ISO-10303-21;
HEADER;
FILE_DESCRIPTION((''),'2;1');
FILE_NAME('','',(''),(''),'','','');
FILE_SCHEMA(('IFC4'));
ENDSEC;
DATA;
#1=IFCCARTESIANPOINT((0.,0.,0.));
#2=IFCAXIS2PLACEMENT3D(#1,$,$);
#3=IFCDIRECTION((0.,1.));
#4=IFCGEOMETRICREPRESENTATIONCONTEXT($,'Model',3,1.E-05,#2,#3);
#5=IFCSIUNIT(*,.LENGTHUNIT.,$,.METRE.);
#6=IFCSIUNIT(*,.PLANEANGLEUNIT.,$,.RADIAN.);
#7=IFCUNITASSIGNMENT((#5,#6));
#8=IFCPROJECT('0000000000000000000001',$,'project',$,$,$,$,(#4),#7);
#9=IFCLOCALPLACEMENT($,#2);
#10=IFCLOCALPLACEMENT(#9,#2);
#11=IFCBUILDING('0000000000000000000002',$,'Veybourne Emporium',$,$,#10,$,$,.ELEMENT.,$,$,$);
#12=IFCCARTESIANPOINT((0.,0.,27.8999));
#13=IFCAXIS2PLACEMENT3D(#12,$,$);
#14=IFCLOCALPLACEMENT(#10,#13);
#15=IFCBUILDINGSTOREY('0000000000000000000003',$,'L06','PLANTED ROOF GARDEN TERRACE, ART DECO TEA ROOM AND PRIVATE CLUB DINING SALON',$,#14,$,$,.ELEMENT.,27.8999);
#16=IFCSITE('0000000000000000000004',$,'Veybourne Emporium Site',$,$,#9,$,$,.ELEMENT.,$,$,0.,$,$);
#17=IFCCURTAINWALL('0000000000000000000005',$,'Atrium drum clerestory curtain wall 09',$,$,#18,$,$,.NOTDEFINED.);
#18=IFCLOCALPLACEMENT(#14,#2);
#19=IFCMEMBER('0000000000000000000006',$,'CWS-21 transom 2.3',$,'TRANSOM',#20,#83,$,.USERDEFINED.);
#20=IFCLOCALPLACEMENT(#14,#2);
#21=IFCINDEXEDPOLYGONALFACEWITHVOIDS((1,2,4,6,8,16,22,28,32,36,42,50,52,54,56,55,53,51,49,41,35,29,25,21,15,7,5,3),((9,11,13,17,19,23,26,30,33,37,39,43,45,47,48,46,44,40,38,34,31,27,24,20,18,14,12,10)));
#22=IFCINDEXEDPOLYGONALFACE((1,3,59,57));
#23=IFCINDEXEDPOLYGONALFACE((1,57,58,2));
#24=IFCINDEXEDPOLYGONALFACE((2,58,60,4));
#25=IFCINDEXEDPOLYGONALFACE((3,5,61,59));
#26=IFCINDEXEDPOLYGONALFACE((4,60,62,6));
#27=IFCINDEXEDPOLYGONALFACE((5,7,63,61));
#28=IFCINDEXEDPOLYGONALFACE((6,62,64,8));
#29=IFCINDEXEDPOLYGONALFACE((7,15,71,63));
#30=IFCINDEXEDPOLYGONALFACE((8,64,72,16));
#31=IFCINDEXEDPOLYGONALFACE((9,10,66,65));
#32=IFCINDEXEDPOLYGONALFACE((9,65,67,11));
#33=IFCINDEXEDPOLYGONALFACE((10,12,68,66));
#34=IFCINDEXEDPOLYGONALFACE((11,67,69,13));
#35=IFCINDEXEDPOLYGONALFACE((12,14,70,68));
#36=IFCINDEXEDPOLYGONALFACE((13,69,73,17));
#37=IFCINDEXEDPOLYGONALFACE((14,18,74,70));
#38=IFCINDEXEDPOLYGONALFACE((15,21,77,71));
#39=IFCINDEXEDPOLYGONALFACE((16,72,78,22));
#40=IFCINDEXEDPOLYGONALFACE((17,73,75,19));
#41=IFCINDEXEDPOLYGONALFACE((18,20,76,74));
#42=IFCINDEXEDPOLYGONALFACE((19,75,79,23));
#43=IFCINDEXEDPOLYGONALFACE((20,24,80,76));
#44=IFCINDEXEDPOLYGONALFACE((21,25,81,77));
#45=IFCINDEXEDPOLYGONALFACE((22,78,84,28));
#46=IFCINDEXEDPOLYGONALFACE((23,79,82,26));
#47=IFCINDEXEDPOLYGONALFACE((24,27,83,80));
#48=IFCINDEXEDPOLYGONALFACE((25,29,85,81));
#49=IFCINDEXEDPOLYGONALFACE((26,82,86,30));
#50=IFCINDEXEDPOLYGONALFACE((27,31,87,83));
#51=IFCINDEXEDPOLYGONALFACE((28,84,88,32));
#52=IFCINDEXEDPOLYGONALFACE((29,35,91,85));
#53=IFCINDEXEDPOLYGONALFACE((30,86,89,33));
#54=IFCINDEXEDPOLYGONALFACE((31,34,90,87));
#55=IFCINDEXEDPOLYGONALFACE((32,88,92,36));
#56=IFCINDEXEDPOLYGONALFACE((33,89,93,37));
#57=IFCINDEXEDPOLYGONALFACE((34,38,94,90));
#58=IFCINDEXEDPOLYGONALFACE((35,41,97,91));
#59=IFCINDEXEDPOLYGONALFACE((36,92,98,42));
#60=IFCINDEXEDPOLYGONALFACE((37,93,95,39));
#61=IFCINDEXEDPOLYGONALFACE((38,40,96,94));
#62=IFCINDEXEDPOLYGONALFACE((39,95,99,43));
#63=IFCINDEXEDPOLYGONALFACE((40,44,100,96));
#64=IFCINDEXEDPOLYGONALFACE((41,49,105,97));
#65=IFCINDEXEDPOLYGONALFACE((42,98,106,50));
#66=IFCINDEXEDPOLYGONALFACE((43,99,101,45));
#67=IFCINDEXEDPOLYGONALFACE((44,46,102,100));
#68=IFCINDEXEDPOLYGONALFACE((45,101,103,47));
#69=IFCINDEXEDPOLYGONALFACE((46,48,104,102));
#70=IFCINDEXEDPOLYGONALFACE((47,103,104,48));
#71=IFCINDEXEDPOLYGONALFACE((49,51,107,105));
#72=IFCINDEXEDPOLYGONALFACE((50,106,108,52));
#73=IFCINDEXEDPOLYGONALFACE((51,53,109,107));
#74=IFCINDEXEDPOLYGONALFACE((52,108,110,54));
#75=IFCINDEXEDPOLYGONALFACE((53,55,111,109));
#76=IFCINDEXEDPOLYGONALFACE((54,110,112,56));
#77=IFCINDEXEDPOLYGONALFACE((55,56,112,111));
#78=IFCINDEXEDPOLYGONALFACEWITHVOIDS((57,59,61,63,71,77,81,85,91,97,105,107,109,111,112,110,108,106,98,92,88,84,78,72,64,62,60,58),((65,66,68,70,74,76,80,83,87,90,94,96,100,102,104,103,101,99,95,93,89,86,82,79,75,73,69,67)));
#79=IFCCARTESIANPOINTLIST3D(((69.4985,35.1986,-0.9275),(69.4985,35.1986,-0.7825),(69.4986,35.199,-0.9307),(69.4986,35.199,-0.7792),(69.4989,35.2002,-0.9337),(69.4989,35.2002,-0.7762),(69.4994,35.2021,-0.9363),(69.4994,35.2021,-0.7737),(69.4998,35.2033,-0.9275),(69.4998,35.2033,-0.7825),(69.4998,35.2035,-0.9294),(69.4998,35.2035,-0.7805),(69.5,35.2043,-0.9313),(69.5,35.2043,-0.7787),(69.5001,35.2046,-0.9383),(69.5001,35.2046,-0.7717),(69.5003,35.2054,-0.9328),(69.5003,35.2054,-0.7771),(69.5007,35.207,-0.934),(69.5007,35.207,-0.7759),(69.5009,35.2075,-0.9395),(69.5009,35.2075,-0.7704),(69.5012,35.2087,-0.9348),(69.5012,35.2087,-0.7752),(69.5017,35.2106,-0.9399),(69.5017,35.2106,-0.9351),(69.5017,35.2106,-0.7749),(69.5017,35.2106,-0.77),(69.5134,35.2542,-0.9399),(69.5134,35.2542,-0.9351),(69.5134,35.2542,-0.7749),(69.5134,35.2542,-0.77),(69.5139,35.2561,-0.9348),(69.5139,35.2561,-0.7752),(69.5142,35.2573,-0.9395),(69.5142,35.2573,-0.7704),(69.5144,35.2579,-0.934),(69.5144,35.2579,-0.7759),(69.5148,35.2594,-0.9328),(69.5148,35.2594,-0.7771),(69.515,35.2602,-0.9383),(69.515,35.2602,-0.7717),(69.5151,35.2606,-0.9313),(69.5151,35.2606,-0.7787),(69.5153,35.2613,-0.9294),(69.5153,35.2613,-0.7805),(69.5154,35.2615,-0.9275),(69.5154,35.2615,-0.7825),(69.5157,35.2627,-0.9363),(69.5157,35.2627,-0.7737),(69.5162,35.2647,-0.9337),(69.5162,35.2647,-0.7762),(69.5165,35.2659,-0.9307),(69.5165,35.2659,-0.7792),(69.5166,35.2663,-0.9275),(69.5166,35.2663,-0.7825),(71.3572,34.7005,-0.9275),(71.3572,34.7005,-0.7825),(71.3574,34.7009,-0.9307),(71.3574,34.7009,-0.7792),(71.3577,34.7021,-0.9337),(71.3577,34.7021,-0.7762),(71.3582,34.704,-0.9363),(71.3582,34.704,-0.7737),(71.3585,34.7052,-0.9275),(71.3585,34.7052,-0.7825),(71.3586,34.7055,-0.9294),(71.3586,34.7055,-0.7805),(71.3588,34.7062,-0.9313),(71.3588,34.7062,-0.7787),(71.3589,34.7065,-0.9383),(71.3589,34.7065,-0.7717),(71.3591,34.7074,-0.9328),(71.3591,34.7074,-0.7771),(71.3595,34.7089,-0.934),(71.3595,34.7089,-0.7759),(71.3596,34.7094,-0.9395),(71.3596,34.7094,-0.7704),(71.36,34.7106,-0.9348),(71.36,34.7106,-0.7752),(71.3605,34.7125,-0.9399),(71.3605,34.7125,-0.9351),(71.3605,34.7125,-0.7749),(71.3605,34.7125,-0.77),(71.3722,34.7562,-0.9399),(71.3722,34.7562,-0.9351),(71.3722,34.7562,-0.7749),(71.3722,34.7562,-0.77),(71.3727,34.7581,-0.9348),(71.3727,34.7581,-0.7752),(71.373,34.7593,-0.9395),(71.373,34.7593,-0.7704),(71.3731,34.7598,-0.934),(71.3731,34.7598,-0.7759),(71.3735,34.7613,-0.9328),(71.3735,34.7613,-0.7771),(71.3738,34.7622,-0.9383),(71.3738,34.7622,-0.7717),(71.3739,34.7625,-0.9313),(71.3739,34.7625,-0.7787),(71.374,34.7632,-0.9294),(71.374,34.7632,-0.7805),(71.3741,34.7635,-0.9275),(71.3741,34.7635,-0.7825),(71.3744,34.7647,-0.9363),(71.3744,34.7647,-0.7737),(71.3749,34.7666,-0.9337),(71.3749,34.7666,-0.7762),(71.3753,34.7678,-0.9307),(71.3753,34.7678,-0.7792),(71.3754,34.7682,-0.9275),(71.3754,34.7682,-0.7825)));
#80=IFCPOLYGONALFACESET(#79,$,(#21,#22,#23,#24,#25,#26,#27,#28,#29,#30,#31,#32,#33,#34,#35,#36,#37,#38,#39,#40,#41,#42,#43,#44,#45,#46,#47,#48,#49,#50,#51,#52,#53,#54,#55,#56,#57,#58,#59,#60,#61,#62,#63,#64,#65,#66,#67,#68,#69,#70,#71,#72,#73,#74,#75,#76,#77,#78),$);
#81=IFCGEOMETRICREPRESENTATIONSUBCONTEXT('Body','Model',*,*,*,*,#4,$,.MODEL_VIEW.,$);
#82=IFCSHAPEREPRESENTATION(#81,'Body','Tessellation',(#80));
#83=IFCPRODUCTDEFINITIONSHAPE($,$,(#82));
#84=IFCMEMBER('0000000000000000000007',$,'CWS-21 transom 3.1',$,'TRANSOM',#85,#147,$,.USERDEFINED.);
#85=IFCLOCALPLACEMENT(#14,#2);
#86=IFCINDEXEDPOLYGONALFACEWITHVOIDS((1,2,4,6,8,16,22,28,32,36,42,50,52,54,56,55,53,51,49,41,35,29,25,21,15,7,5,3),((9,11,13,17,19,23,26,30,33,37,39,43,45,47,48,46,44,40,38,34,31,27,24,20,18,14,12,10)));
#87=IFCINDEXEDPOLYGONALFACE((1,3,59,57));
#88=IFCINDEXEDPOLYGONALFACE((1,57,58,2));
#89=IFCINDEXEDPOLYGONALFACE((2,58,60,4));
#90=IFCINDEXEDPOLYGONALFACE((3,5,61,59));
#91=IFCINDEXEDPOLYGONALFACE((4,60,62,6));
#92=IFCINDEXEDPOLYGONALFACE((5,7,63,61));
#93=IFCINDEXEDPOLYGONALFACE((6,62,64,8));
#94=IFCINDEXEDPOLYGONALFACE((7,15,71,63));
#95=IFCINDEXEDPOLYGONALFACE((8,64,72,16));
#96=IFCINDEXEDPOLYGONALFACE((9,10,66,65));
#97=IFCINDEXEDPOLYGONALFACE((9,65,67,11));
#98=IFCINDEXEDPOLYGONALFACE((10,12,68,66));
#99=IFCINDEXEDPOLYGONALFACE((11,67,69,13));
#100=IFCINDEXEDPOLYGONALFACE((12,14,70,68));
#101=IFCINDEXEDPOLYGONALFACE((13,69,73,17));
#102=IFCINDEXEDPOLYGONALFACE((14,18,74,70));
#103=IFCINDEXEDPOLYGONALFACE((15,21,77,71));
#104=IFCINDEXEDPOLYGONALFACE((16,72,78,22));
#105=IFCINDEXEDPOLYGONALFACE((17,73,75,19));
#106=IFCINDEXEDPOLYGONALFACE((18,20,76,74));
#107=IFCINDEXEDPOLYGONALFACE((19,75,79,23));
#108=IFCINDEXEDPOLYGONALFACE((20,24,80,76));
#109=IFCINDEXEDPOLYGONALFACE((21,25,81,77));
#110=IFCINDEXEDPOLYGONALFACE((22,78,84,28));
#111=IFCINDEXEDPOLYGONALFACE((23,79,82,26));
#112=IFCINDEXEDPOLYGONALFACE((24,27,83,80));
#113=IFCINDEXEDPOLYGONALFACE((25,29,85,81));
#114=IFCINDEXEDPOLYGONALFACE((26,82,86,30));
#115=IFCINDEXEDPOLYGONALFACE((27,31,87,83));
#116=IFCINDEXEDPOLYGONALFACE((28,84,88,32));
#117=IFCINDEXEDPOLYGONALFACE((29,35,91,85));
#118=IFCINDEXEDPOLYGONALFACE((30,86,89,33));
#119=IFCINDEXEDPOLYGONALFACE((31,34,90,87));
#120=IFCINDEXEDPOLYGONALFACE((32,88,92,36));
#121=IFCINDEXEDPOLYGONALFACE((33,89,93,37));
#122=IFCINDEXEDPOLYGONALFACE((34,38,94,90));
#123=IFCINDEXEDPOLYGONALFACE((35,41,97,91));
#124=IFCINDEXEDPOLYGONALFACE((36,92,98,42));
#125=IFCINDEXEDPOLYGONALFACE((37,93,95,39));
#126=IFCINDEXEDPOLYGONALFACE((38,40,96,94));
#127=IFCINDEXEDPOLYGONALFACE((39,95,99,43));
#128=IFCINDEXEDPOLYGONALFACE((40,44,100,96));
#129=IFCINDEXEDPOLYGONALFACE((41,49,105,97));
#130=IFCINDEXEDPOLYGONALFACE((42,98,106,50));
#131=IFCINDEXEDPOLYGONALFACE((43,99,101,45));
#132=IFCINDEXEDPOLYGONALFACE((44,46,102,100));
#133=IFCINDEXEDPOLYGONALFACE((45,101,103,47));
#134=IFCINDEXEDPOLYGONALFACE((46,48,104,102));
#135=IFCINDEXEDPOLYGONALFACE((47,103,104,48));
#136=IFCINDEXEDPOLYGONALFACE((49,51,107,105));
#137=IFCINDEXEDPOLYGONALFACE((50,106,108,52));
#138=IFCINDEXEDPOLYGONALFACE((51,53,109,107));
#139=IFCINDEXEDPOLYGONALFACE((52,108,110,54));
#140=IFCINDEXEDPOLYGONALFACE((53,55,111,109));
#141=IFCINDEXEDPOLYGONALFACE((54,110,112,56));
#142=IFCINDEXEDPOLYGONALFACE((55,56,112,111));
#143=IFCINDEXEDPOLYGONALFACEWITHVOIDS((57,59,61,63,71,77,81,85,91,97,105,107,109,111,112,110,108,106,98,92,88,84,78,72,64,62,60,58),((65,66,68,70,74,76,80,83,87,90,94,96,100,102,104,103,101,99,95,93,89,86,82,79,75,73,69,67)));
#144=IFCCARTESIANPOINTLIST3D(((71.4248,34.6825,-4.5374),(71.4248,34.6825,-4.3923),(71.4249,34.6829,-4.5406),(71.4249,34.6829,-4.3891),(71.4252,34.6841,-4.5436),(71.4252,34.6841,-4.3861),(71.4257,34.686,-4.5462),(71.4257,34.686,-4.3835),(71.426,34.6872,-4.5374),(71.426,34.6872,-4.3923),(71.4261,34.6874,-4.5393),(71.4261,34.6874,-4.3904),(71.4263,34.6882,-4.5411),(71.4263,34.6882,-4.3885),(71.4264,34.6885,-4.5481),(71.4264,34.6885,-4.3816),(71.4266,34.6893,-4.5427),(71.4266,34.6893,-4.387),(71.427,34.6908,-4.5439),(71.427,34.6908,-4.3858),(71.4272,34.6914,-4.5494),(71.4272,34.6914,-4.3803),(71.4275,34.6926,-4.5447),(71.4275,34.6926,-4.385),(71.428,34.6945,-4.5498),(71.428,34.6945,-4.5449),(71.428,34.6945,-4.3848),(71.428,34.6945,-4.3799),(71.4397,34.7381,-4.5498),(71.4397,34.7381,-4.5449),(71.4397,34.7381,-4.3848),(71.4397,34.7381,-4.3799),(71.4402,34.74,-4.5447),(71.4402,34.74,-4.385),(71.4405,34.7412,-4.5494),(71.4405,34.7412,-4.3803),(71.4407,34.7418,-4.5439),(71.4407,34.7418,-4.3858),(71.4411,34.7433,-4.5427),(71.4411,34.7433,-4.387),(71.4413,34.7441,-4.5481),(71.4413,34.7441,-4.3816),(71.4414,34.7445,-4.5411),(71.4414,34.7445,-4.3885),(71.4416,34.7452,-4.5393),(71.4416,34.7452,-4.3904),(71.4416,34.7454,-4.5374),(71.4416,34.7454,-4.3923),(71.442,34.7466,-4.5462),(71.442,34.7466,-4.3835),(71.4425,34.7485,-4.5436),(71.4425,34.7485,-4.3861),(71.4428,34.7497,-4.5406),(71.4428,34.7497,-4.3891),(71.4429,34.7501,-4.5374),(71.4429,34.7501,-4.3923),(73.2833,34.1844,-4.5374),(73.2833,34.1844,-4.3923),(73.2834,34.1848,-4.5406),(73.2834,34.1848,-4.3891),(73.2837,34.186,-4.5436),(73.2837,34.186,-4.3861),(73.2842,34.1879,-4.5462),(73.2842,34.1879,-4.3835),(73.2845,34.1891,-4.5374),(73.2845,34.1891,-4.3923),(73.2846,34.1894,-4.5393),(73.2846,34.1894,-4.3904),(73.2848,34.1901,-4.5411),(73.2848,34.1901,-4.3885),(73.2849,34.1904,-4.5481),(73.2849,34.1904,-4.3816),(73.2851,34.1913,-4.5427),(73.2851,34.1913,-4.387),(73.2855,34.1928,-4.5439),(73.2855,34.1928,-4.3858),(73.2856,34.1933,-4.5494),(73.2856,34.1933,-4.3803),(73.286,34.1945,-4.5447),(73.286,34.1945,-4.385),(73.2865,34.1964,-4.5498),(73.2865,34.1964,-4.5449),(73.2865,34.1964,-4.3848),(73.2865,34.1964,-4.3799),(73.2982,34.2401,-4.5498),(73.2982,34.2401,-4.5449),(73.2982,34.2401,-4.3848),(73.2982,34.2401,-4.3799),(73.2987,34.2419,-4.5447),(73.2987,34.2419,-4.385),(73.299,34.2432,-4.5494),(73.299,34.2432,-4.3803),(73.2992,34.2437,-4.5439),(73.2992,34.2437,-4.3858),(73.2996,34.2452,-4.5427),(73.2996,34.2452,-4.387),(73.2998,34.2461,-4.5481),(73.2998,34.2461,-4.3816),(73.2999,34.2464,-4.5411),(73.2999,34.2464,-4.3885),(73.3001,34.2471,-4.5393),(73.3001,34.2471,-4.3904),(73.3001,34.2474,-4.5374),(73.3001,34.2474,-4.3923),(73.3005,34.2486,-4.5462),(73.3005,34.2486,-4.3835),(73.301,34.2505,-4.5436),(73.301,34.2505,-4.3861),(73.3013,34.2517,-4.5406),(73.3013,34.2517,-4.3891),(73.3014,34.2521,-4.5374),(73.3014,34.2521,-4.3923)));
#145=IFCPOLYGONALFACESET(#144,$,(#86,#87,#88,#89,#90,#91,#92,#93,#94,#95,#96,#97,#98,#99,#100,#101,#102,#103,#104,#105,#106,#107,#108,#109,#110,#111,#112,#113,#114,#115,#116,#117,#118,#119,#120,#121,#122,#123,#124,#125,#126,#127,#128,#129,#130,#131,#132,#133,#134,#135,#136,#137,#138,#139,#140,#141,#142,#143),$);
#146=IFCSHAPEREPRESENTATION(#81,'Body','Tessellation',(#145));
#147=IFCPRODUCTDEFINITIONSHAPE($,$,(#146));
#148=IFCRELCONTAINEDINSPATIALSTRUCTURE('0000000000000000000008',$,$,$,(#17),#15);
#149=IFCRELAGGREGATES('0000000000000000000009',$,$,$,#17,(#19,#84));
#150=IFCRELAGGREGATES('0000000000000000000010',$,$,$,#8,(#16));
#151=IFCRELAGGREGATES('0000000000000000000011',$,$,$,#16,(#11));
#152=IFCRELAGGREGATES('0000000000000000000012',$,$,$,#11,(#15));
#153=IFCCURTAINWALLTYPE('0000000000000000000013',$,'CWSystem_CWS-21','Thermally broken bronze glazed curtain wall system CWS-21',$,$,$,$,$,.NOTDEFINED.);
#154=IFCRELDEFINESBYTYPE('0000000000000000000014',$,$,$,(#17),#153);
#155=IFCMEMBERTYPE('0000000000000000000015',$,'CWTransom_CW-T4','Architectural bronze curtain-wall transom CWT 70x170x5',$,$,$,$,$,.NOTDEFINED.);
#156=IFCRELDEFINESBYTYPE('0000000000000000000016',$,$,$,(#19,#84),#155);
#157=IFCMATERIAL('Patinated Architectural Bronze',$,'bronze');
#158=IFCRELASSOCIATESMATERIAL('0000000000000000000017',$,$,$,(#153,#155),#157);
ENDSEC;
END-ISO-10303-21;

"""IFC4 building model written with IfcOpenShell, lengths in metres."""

from ifc_helpers import new_model, si_unit, direction, frame, origin, origin_2d, place, context, subcontext, project, spatial, hollow_rectangle, extrude, material, material_profile, profile_set, type_object, element, aggregate, save


model = new_model("IFC4")

# Units and contexts
model_context = context("Model", 3, precision=1e-05, world=origin(), true_north=direction((0.0, 1.0)))
body_context = subcontext(model_context, "Body", "Model", "MODEL_VIEW")
ifc_project = project(units=[si_unit("LENGTHUNIT", "METRE"), si_unit("PLANEANGLEUNIT", "RADIAN")], contexts=[model_context])

# Site, building, storey
site_placement = place(None, origin())
site = spatial("IfcSite", under=ifc_project, at=site_placement, Name="Veybourne Emporium Site", CompositionType="ELEMENT", RefElevation=0.0)
building_placement = place(site_placement, origin())
building = spatial("IfcBuilding", under=site, at=building_placement, Name="Veybourne Emporium", CompositionType="ELEMENT")
storey_placement = place(building_placement, frame((0.0, 0.0, 27.8999)))
storey = spatial("IfcBuildingStorey", under=building, at=storey_placement, Name="L06", Description="PLANTED ROOF GARDEN TERRACE, ART DECO TEA ROOM AND PRIVATE CLUB DINING SALON", CompositionType="ELEMENT", Elevation=27.8999)

# Curtain wall
ifc_material_1 = material(Name="Patinated Architectural Bronze", Category="bronze")
curtain_wall_type_1 = type_object("IfcCurtainWallType", Name="CWSystem_CWS-21", Description="Thermally broken bronze glazed curtain wall system CWS-21", PredefinedType="NOTDEFINED", material=ifc_material_1)
curtain_wall_1_placement = place(storey_placement, origin())
curtain_wall_1 = element("IfcCurtainWall", 1, at=curtain_wall_1_placement, inside=storey, type_object=curtain_wall_type_1, Name="Atrium drum clerestory curtain wall 09", PredefinedType="NOTDEFINED")

# Members
ifc_material_profile_1 = material_profile(ifc_material_1, hollow_rectangle(XDim=0.0701, YDim=0.1699, WallThickness=0.0049, InnerFilletRadius=0.0076, OuterFilletRadius=0.0125, at=origin_2d()), Name="CWT 70x170x5")
ifc_profile_set_1 = profile_set([ifc_material_profile_1], Name="Patinated Architectural Bronze")
member_type_1 = type_object("IfcMemberType", Name="CWTransom_CW-T4", Description="Architectural bronze curtain-wall transom CWT 70x170x5", PredefinedType="NOTDEFINED", material=ifc_profile_set_1)
member_1_placement = place(storey_placement, frame((69.5076, 35.2324, -0.855), z_axis=(0.965923, -0.258831, 0.0), x_axis=(0.258831, 0.965923, 0.0)))
member_1 = element("IfcMember", 2, at=member_1_placement, type_object=member_type_1, Name="CWS-21 transom 2.3", ObjectType="TRANSOM", PredefinedType="USERDEFINED", context=body_context, shape_type="SweptSolid", body=[
    extrude(hollow_rectangle(XDim=0.0701, YDim=0.1699, WallThickness=0.0049, InnerFilletRadius=0.0076, OuterFilletRadius=0.0125, at=origin_2d()), origin(), (0.0, 0.0, 1.0), 1.9243),
])
member_2_placement = place(storey_placement, frame((71.4338, 34.7163, -4.4648), z_axis=(0.965914, -0.258863, 0.0), x_axis=(0.258863, 0.965914, 0.0)))
member_2 = element("IfcMember", 3, at=member_2_placement, type_object=member_type_1, Name="CWS-21 transom 3.1", ObjectType="TRANSOM", PredefinedType="USERDEFINED", context=body_context, shape_type="SweptSolid", body=[
    extrude(hollow_rectangle(XDim=0.0701, YDim=0.1699, WallThickness=0.0049, InnerFilletRadius=0.0076, OuterFilletRadius=0.0125, at=origin_2d()), origin(), (0.0, 0.0, 1.0), 1.9241),
])

aggregate(curtain_wall_1, [member_1, member_2])

save(model, "model.ifc")
